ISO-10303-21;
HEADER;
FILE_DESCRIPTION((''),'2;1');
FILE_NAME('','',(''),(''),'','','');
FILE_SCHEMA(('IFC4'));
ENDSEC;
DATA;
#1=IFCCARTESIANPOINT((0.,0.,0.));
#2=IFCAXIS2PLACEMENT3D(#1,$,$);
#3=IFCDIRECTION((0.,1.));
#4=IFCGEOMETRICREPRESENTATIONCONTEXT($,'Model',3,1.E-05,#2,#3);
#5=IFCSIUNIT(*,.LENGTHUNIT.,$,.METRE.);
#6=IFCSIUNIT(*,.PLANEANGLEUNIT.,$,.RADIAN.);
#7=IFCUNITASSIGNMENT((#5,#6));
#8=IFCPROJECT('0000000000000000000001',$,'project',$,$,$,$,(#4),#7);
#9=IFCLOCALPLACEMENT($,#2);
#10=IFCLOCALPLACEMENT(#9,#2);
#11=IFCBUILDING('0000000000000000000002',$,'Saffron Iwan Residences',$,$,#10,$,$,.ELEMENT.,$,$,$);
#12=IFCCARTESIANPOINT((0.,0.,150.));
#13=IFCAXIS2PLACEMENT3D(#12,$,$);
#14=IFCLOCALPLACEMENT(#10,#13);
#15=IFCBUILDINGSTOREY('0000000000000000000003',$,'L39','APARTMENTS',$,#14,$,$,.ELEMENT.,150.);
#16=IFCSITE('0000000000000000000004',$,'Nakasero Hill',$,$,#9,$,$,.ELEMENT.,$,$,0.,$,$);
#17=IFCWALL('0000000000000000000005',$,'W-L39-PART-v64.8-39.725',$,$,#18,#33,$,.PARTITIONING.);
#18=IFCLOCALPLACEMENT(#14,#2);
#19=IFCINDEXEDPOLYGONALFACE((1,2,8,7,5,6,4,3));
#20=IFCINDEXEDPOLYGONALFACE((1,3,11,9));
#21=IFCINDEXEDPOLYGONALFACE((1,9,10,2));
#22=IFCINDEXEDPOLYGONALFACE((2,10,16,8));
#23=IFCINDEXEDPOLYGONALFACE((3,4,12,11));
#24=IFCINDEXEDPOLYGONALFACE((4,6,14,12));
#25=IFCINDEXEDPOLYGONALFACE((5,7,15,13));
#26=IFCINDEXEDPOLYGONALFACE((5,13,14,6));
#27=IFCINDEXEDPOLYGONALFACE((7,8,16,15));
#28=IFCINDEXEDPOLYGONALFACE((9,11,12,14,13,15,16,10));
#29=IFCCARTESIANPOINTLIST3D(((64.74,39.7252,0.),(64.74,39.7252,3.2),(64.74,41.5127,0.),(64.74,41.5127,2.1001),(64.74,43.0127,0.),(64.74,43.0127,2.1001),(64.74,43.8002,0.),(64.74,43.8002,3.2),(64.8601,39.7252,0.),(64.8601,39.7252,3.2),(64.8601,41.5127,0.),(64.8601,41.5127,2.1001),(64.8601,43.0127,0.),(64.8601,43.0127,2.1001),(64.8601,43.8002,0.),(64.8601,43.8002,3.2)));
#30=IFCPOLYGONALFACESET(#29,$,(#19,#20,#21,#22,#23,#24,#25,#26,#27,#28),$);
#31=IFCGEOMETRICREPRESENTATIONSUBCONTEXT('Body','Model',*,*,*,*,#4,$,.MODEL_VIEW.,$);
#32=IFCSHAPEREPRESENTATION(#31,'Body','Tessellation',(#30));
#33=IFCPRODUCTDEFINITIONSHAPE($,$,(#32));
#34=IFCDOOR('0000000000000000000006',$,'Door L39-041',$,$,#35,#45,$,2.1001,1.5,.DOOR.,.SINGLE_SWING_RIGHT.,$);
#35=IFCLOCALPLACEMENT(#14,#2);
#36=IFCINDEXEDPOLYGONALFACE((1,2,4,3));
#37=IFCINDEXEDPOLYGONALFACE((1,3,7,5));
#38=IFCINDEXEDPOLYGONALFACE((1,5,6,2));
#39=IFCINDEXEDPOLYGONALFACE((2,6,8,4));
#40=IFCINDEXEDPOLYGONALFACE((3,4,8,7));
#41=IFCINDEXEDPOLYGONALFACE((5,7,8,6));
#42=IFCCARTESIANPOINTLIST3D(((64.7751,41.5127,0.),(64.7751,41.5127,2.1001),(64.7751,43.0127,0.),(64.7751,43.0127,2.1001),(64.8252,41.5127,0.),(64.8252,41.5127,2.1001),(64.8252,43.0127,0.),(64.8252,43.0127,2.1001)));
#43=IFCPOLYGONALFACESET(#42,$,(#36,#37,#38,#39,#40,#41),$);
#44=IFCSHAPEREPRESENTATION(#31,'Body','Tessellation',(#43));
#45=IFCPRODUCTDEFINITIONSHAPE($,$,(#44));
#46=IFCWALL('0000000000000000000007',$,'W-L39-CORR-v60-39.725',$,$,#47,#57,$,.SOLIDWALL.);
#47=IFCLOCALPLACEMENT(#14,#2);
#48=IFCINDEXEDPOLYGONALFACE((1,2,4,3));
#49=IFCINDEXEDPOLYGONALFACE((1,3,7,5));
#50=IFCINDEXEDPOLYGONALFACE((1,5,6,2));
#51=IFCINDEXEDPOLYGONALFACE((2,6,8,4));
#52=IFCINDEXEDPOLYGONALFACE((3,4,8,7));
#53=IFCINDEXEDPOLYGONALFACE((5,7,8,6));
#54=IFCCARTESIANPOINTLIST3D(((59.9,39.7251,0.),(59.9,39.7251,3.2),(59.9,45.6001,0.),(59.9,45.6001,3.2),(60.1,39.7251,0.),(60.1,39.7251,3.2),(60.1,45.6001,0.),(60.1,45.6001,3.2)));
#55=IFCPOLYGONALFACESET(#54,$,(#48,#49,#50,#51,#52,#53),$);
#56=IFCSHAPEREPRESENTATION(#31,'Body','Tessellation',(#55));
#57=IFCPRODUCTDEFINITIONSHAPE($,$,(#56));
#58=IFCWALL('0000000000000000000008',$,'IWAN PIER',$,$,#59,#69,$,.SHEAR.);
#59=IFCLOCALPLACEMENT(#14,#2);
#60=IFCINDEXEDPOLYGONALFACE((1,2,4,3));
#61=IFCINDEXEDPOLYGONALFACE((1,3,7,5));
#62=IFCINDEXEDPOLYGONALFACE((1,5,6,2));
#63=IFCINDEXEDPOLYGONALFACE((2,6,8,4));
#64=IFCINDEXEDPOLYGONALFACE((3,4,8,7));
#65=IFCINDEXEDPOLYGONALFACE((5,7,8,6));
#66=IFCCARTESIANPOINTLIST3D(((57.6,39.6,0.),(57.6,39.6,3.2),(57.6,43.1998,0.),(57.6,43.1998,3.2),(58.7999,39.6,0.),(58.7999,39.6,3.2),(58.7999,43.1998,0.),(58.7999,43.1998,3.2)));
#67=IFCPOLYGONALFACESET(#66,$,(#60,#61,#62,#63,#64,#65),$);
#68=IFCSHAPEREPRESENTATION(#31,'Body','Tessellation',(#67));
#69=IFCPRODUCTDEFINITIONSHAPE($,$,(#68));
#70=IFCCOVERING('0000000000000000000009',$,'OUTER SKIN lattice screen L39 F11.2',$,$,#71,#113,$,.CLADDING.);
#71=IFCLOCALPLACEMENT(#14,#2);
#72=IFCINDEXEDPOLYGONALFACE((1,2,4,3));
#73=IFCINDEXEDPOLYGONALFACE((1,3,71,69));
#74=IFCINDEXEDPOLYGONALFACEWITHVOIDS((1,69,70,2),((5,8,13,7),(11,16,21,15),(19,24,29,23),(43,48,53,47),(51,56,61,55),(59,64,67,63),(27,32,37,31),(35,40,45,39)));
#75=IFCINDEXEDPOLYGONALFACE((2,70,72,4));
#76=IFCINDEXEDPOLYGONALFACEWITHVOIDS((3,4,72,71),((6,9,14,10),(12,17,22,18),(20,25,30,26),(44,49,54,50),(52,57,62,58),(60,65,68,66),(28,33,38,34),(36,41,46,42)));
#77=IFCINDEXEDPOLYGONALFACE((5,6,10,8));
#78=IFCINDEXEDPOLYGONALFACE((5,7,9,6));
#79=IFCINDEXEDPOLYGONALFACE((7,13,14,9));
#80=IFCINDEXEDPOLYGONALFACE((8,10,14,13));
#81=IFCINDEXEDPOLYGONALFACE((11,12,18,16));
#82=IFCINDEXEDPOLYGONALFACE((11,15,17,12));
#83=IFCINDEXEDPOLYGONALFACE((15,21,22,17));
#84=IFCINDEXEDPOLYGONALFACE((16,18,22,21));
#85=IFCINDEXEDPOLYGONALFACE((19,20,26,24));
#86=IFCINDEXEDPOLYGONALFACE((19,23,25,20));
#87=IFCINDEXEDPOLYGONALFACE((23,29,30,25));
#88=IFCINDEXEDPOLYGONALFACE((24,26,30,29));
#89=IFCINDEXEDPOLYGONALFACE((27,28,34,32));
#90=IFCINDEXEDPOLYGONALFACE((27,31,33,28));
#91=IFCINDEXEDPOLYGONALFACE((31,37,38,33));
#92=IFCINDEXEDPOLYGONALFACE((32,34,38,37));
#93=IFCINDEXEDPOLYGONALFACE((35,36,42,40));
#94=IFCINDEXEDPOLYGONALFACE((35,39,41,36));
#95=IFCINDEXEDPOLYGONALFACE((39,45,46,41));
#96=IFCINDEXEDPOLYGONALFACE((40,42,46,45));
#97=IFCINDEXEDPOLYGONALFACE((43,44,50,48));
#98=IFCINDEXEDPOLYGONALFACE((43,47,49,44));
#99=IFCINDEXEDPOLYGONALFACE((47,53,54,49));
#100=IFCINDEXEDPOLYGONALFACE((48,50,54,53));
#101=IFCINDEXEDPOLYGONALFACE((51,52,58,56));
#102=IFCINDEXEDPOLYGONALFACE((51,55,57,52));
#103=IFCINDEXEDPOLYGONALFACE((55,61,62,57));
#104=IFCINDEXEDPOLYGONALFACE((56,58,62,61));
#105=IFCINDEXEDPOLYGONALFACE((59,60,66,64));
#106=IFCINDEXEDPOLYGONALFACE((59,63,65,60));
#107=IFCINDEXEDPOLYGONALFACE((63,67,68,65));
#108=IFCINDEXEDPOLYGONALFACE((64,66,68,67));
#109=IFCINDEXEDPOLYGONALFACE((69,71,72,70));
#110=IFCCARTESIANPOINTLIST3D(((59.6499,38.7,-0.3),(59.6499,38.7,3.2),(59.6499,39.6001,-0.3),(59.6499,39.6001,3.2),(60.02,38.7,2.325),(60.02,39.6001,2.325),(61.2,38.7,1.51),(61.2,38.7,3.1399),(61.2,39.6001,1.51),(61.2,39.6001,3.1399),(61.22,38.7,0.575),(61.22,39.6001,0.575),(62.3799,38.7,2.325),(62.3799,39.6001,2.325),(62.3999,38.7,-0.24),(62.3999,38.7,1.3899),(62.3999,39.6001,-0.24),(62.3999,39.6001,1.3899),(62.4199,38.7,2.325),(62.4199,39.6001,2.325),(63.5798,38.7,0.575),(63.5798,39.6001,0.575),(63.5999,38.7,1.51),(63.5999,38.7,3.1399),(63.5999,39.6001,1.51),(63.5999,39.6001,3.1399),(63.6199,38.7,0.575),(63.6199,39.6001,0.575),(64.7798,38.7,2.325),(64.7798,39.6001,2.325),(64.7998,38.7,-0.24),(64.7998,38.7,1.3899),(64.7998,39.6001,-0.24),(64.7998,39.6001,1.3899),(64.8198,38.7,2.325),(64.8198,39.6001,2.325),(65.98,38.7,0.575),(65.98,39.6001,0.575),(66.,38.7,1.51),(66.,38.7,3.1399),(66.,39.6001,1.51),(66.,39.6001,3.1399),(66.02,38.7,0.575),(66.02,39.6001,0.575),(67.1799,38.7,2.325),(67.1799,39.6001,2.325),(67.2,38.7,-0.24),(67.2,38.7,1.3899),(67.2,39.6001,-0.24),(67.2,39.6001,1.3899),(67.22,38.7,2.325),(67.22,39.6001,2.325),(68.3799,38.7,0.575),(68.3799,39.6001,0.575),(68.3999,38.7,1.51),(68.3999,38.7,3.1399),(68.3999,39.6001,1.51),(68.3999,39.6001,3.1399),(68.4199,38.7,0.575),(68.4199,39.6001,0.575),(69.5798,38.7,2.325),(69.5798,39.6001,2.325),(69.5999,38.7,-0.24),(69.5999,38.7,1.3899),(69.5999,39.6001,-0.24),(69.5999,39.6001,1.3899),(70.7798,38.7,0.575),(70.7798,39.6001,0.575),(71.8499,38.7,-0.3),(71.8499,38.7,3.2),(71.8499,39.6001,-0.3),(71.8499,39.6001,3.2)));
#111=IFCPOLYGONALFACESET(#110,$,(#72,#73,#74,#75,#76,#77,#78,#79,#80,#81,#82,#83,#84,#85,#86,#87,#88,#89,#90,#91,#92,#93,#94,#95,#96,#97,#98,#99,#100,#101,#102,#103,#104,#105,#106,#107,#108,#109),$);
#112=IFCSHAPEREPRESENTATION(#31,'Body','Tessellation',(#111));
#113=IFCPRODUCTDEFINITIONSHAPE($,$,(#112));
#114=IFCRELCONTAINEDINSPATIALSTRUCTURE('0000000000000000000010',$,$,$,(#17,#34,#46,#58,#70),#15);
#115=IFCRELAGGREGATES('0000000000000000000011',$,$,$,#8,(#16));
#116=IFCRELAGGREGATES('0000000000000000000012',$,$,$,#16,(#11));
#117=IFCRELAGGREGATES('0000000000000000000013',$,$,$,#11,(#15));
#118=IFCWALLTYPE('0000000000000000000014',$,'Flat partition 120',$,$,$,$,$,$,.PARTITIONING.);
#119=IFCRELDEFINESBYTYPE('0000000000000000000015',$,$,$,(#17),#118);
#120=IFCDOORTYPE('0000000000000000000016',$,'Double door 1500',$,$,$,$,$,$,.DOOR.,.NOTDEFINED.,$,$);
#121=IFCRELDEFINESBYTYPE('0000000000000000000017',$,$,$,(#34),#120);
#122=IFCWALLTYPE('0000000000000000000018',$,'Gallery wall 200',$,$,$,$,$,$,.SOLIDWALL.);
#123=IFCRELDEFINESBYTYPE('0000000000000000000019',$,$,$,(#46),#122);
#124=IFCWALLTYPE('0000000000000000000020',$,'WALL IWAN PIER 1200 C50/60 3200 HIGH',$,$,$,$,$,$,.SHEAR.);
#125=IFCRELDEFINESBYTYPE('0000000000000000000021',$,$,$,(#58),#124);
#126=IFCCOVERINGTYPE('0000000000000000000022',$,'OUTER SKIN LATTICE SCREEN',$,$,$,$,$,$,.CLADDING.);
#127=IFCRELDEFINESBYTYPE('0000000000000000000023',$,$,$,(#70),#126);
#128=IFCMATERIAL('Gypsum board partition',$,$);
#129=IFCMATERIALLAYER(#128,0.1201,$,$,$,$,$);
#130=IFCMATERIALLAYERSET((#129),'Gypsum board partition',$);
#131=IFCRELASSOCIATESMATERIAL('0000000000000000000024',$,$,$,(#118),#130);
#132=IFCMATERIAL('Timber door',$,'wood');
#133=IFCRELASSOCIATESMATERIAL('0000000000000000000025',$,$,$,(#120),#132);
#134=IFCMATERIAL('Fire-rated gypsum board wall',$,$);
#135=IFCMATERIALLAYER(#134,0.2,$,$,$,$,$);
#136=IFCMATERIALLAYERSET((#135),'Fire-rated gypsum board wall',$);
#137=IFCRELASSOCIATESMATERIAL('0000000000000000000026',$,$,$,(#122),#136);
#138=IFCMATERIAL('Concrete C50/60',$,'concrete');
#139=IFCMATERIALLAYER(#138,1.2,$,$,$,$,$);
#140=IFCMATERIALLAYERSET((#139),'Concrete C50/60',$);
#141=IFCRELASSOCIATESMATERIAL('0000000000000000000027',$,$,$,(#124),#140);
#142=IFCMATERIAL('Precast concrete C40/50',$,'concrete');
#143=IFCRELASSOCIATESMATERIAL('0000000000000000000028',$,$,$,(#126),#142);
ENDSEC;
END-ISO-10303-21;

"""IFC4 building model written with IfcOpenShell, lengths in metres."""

from ifc_helpers import new_model, si_unit, direction, frame, frame_2d, origin, place, context, subcontext, project, spatial, polyline, rectangle, outline, extrude, material, layer, layer_set, type_object, element, fill, save


model = new_model("IFC4")

# Units and contexts
model_context = context("Model", 3, precision=1e-05, world=origin(), true_north=direction((0.0, 1.0)))
body_context = subcontext(model_context, "Body", "Model", "MODEL_VIEW")
ifc_project = project(units=[si_unit("LENGTHUNIT", "METRE"), si_unit("PLANEANGLEUNIT", "RADIAN")], contexts=[model_context])

# Site, building, storey
site_placement = place(None, origin())
site = spatial("IfcSite", under=ifc_project, at=site_placement, Name="Nakasero Hill", CompositionType="ELEMENT", RefElevation=0.0)
building_placement = place(site_placement, origin())
building = spatial("IfcBuilding", under=site, at=building_placement, Name="Saffron Iwan Residences", CompositionType="ELEMENT")
storey_placement = place(building_placement, frame((0.0, 0.0, 150.0)))
storey = spatial("IfcBuildingStorey", under=building, at=storey_placement, Name="L39", Description="APARTMENTS", CompositionType="ELEMENT", Elevation=150.0)

# Shared definitions
ifc_material_1 = material(Name="Concrete C50/60", Category="concrete")

# Wall, opening, door
ifc_material_2 = material(Name="Gypsum board partition")
ifc_layer_1 = layer(ifc_material_2, 0.1201)
ifc_layer_set_1 = layer_set([ifc_layer_1], Name="Gypsum board partition")
wall_type_1 = type_object("IfcWallType", Name="Flat partition 120", PredefinedType="PARTITIONING", material=ifc_layer_set_1)
wall_1_placement = place(storey_placement, frame((64.8, 39.7251, 0.0), z_axis=(0.0, 0.0, 1.0), x_axis=(0.0, 1.0, 0.0)))
wall_1 = element("IfcWall", 1, at=wall_1_placement, inside=storey, type_object=wall_type_1, Name="W-L39-PART-v64.8-39.725", PredefinedType="PARTITIONING", context=body_context, shape_type="SweptSolid", body=[
    extrude(rectangle(XDim=4.075, YDim=0.1201, at=frame_2d((2.0376, 0.0))), origin(), (0.0, 0.0, 1.0), 3.2),
])
opening_1_placement = place(wall_1_placement, frame((1.7876, 0.0, 0.0)))
opening_1 = element("IfcOpeningElement", 2, at=opening_1_placement, cuts=wall_1, PredefinedType="OPENING", context=body_context, shape_type="SweptSolid", body=[
    extrude(rectangle(XDim=1.5, YDim=2.1001, at=frame_2d((0.75, 1.05))), frame((0.0, 0.0701, 0.0), z_axis=(0.0, -1.0, 0.0), x_axis=(1.0, 0.0, 0.0)), (0.0, 0.0, 1.0), 0.1401),
])
ifc_material_3 = material(Name="Timber door", Category="wood")
door_type_1 = type_object("IfcDoorType", Name="Double door 1500", OperationType="NOTDEFINED", PredefinedType="DOOR", material=ifc_material_3)
door_1_placement = place(opening_1_placement, origin())
door_1 = element("IfcDoor", 3, at=door_1_placement, inside=storey, type_object=door_type_1, Name="Door L39-041", OperationType="SINGLE_SWING_RIGHT", OverallHeight=2.1001, OverallWidth=1.5, PredefinedType="DOOR", context=body_context, shape_type="SweptSolid", body=[
    extrude(rectangle(XDim=1.5, YDim=2.1001, at=frame_2d((0.75, 1.05))), frame((0.0, 0.0249, 0.0), z_axis=(0.0, -1.0, 0.0), x_axis=(1.0, 0.0, 0.0)), (0.0, 0.0, 1.0), 0.05),
])
fill(opening_1, door_1)

# Walls
ifc_material_4 = material(Name="Fire-rated gypsum board wall")
ifc_layer_2 = layer(ifc_material_4, 0.2)
ifc_layer_set_2 = layer_set([ifc_layer_2], Name="Fire-rated gypsum board wall")
wall_type_2 = type_object("IfcWallType", Name="Gallery wall 200", PredefinedType="SOLIDWALL", material=ifc_layer_set_2)
wall_2_placement = place(storey_placement, frame((60.0, 39.7251, 0.0), z_axis=(0.0, 0.0, 1.0), x_axis=(0.0, 1.0, 0.0)))
element("IfcWall", 4, at=wall_2_placement, inside=storey, type_object=wall_type_2, Name="W-L39-CORR-v60-39.725", PredefinedType="SOLIDWALL", context=body_context, shape_type="SweptSolid", body=[
    extrude(rectangle(XDim=5.875, YDim=0.2, at=frame_2d((2.9375, 0.0))), origin(), (0.0, 0.0, 1.0), 3.2),
])
ifc_layer_3 = layer(ifc_material_1, 1.2)
ifc_layer_set_3 = layer_set([ifc_layer_3], Name="Concrete C50/60")
wall_type_3 = type_object("IfcWallType", Name="WALL IWAN PIER 1200 C50/60 3200 HIGH", PredefinedType="SHEAR", material=ifc_layer_set_3)
wall_3_placement = place(storey_placement, frame((58.2, 39.6001, 0.0), z_axis=(0.0, 0.0, 1.0), x_axis=(0.0, 1.0, 0.0)))
element("IfcWall", 5, at=wall_3_placement, inside=storey, type_object=wall_type_3, Name="IWAN PIER", PredefinedType="SHEAR", context=body_context, shape_type="SweptSolid", body=[
    extrude(rectangle(XDim=3.5999, YDim=1.2, at=frame_2d((1.7998, 0.0))), origin(), (0.0, 0.0, 1.0), 3.2),
])

# Covering
ifc_material_5 = material(Name="Precast concrete C40/50", Category="concrete")
covering_type = type_object("IfcCoveringType", Name="OUTER SKIN LATTICE SCREEN", PredefinedType="CLADDING", material=ifc_material_5)
covering_placement = place(storey_placement, frame((59.6499, 39.6001, -0.3), z_axis=(0.0, -1.0, 0.0), x_axis=(1.0, 0.0, 0.0)))
element("IfcCovering", 6, at=covering_placement, inside=storey, type_object=covering_type, Name="OUTER SKIN lattice screen L39 F11.2", PredefinedType="CLADDING", context=body_context, shape_type="SweptSolid", body=[
    extrude(outline(polyline([(0.0, 0.0), (12.2, 0.0), (12.2, 3.5), (0.0, 3.5), (0.0, 0.0)]), holes=[polyline([(1.5701, 0.875), (2.75, 0.0601), (3.9299, 0.875), (2.75, 1.6899), (1.5701, 0.875)]), polyline([(3.97, 0.875), (5.1499, 0.0601), (6.3301, 0.875), (5.1499, 1.6899), (3.97, 0.875)]), polyline([(6.3701, 0.875), (7.55, 0.0601), (8.73, 0.875), (7.55, 1.6899), (6.3701, 0.875)]), polyline([(8.77, 0.875), (9.95, 0.0601), (11.1299, 0.875), (9.95, 1.6899), (8.77, 0.875)]), polyline([(0.3701, 2.625), (1.55, 1.8101), (2.73, 2.625), (1.55, 3.4399), (0.3701, 2.625)]), polyline([(2.77, 2.625), (3.95, 1.8101), (5.1299, 2.625), (3.95, 3.4399), (2.77, 2.625)]), polyline([(5.1699, 2.625), (6.3501, 1.8101), (7.53, 2.625), (6.3501, 3.4399), (5.1699, 2.625)]), polyline([(7.5701, 2.625), (8.75, 1.8101), (9.9299, 2.625), (8.75, 3.4399), (7.5701, 2.625)])]), origin(), (0.0, 0.0, 1.0), 0.9001),
])

save(model, "model.ifc")
